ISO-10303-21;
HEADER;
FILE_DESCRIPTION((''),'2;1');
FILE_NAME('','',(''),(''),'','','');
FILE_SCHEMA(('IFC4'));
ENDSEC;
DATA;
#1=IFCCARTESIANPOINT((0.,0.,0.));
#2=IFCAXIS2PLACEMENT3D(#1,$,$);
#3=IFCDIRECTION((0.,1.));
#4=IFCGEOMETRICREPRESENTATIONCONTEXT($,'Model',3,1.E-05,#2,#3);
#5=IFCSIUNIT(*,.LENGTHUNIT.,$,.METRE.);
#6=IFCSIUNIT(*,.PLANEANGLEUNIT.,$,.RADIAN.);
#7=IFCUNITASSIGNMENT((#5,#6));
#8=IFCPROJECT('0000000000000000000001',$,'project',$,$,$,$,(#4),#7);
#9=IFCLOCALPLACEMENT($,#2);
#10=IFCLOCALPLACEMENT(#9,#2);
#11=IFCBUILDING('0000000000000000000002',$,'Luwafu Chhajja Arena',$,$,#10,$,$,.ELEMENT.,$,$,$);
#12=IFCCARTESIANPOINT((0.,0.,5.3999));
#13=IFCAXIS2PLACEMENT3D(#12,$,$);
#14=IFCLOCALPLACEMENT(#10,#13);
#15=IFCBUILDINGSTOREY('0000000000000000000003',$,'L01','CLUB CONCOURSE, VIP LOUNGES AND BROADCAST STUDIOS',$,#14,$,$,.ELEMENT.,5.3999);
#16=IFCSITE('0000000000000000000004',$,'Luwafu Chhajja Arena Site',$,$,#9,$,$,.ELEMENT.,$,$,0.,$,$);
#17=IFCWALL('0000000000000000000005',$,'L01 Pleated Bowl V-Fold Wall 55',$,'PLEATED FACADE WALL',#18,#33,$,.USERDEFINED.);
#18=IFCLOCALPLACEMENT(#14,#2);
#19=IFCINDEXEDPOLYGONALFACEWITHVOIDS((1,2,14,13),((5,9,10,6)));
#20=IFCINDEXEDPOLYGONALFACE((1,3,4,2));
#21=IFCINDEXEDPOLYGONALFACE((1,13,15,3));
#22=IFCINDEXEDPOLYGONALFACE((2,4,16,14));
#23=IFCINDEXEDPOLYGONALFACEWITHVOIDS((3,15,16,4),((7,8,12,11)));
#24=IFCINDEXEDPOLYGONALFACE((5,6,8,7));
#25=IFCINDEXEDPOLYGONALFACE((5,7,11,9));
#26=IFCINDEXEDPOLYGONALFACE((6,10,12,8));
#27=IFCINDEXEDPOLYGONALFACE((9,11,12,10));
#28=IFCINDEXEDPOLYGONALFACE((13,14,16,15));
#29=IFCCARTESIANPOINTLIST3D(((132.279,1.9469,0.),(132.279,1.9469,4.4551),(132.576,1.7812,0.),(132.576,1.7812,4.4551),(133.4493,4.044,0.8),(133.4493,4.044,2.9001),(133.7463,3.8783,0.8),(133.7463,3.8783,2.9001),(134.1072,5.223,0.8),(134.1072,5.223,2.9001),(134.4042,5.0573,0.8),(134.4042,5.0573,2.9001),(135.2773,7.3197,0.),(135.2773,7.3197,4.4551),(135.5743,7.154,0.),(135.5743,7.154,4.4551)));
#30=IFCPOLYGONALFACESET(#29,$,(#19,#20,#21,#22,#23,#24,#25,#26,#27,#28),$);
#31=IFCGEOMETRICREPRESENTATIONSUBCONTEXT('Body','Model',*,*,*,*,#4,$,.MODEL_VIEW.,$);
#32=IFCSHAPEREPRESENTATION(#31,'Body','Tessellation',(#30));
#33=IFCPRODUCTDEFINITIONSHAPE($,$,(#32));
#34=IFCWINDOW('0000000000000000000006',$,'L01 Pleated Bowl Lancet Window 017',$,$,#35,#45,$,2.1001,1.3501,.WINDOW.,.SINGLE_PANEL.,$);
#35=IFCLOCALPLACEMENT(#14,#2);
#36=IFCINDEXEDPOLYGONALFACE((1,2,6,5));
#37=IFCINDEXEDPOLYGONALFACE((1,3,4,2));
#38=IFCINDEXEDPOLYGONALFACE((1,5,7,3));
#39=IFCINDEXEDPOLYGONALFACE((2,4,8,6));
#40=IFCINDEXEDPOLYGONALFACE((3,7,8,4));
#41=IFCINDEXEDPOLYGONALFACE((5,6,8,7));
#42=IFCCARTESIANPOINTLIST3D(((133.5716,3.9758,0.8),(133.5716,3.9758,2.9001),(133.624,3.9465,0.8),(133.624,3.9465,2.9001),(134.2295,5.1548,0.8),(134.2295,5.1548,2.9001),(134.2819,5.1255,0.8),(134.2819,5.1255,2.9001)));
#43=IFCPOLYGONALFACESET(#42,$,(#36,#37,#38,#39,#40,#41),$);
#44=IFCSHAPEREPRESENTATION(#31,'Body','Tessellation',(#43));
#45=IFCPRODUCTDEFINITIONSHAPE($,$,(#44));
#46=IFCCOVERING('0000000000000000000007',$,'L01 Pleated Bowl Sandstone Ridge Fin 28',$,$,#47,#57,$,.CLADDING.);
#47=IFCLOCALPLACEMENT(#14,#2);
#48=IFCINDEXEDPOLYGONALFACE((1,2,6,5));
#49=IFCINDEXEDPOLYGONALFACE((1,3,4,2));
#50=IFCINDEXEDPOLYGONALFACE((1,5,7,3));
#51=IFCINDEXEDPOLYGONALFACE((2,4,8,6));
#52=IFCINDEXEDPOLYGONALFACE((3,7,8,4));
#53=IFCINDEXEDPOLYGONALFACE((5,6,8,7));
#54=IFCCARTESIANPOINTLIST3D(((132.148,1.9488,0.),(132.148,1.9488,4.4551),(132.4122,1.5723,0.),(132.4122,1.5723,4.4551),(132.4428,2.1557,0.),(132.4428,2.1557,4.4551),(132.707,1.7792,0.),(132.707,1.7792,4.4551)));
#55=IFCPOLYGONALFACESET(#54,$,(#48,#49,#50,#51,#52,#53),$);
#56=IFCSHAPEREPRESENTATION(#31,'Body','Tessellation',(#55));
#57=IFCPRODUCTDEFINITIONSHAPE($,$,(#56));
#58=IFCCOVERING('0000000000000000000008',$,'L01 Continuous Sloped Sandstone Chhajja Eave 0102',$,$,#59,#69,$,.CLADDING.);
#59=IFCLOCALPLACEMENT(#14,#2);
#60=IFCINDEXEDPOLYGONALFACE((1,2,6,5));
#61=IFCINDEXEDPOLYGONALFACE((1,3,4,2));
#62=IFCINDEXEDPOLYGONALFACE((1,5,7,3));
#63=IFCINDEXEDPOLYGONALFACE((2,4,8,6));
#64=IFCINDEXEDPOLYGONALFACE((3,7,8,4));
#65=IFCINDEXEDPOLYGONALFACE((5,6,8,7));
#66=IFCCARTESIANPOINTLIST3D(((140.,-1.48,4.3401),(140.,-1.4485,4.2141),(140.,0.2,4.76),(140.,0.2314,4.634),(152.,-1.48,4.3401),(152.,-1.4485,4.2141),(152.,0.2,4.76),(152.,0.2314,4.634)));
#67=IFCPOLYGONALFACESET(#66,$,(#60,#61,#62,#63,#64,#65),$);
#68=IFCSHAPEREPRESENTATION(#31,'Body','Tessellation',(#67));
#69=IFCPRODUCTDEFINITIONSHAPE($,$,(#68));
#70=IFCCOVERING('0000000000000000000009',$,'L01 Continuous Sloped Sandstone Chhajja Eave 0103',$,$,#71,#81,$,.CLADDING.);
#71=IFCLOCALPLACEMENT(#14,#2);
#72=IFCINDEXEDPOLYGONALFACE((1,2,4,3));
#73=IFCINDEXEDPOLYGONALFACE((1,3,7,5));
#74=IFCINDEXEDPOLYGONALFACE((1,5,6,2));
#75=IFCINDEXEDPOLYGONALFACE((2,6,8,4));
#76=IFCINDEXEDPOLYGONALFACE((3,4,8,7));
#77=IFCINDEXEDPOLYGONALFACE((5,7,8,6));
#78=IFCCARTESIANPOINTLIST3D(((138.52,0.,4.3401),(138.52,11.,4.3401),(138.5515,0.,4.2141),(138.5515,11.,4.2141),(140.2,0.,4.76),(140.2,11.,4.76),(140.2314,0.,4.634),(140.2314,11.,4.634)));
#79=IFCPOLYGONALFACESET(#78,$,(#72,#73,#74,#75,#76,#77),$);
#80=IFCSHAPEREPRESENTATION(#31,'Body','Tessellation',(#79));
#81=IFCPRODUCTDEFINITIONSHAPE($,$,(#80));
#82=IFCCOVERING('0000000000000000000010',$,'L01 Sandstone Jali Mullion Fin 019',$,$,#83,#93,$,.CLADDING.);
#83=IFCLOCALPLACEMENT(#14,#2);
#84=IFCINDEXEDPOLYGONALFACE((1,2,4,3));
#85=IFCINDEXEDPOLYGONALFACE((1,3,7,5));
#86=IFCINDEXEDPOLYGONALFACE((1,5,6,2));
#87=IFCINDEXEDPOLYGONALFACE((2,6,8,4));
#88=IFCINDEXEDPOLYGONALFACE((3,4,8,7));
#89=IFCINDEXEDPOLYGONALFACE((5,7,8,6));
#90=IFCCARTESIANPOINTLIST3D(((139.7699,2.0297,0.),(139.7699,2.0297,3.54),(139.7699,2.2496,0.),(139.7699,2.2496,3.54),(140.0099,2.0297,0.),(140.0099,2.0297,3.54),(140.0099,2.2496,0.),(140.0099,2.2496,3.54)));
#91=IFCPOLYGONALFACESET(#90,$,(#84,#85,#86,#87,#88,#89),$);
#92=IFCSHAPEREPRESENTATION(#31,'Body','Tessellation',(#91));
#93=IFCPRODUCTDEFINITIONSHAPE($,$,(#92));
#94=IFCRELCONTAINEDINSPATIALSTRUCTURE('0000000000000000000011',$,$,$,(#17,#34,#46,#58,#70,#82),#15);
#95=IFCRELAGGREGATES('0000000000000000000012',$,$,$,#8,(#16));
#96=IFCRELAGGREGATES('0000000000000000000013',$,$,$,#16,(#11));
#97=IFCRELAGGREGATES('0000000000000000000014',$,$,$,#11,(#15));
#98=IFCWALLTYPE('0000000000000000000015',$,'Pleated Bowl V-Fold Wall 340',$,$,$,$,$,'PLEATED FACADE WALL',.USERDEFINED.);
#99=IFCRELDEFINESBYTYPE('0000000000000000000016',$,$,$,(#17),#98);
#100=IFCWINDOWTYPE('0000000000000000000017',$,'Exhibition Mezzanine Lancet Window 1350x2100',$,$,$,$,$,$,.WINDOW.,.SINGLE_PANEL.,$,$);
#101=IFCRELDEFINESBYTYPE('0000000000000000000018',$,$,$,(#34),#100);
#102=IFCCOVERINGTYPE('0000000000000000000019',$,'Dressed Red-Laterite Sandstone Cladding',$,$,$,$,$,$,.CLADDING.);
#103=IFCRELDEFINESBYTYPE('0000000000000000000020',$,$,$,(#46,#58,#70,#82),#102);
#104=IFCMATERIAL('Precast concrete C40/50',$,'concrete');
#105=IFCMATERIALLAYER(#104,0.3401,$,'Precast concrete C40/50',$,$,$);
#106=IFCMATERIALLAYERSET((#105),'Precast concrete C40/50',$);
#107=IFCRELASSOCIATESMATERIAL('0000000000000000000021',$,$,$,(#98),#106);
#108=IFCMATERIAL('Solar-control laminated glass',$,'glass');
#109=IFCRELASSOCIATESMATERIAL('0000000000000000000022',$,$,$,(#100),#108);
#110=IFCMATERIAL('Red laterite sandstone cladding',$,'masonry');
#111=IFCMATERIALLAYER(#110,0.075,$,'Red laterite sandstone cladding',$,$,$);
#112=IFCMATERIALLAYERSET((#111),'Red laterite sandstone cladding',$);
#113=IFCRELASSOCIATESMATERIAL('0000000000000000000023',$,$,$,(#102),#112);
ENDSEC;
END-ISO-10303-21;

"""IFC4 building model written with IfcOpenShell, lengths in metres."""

from ifc_helpers import new_model, si_unit, direction, frame, frame_2d, origin, origin_2d, place, context, subcontext, project, spatial, polyline, rectangle, outline, extrude, material, layer, layer_set, type_object, element, fill, save


model = new_model("IFC4")

# Units and contexts
model_context = context("Model", 3, precision=1e-05, world=origin(), true_north=direction((0.0, 1.0)))
body_context = subcontext(model_context, "Body", "Model", "MODEL_VIEW")
ifc_project = project(units=[si_unit("LENGTHUNIT", "METRE"), si_unit("PLANEANGLEUNIT", "RADIAN")], contexts=[model_context])

# Site, building, storey
site_placement = place(None, origin())
site = spatial("IfcSite", under=ifc_project, at=site_placement, Name="Luwafu Chhajja Arena Site", CompositionType="ELEMENT", RefElevation=0.0)
building_placement = place(site_placement, origin())
building = spatial("IfcBuilding", under=site, at=building_placement, Name="Luwafu Chhajja Arena", CompositionType="ELEMENT")
storey_placement = place(building_placement, frame((0.0, 0.0, 5.3999)))
storey = spatial("IfcBuildingStorey", under=building, at=storey_placement, Name="L01", Description="CLUB CONCOURSE, VIP LOUNGES AND BROADCAST STUDIOS", CompositionType="ELEMENT", Elevation=5.3999)

# Shared definitions
ifc_material_1 = material(Name="Solar-control laminated glass", Category="glass")

# Wall, opening, window
ifc_material_2 = material(Name="Precast concrete C40/50", Category="concrete")
ifc_layer_1 = layer(ifc_material_2, 0.3401, Name="Precast concrete C40/50")
ifc_layer_set_1 = layer_set([ifc_layer_1], Name="Precast concrete C40/50")
wall_type = type_object("IfcWallType", Name="Pleated Bowl V-Fold Wall 340", ElementType="PLEATED FACADE WALL", PredefinedType="USERDEFINED", material=ifc_layer_set_1)
wall_placement = place(storey_placement, frame((132.4275, 1.864, 0.0), z_axis=(0.0, 0.0, 1.0), x_axis=(0.487306, 0.873231, 0.0)))
wall = element("IfcWall", 1, at=wall_placement, inside=storey, type_object=wall_type, Name="L01 Pleated Bowl V-Fold Wall 55", ObjectType="PLEATED FACADE WALL", PredefinedType="USERDEFINED", context=body_context, shape_type="SweptSolid", body=[
    extrude(rectangle(XDim=6.1528, YDim=0.3401, at=frame_2d((3.0764, 0.0))), origin(), (0.0, 0.0, 1.0), 4.4551),
])
opening_placement = place(wall_placement, frame((2.4016, 0.0, 0.8)))
opening = element("IfcOpeningElement", 2, at=opening_placement, cuts=wall, PredefinedType="OPENING", context=body_context, shape_type="SweptSolid", body=[
    extrude(rectangle(XDim=1.3501, YDim=2.1001, at=frame_2d((0.675, 1.05))), frame((0.0, 0.1799, 0.0), z_axis=(0.0, -1.0, 0.0), x_axis=(1.0, 0.0, 0.0)), (0.0, 0.0, 1.0), 0.3601),
])
window_type = type_object("IfcWindowType", Name="Exhibition Mezzanine Lancet Window 1350x2100", PartitioningType="SINGLE_PANEL", PredefinedType="WINDOW", material=ifc_material_1)
window_placement = place(opening_placement, origin())
window = element("IfcWindow", 3, at=window_placement, inside=storey, type_object=window_type, Name="L01 Pleated Bowl Lancet Window 017", OverallHeight=2.1001, OverallWidth=1.3501, PartitioningType="SINGLE_PANEL", PredefinedType="WINDOW", context=body_context, shape_type="SweptSolid", body=[
    extrude(rectangle(XDim=1.3501, YDim=2.1001, at=frame_2d((0.675, 1.05))), frame((0.0, 0.03, 0.0), z_axis=(0.0, -1.0, 0.0), x_axis=(1.0, 0.0, 0.0)), (0.0, 0.0, 1.0), 0.0601),
])
fill(opening, window)

# Coverings
ifc_material_3 = material(Name="Red laterite sandstone cladding", Category="masonry")
ifc_layer_2 = layer(ifc_material_3, 0.075, Name="Red laterite sandstone cladding")
ifc_layer_set_2 = layer_set([ifc_layer_2], Name="Red laterite sandstone cladding")
covering_type = type_object("IfcCoveringType", Name="Dressed Red-Laterite Sandstone Cladding", PredefinedType="CLADDING", material=ifc_layer_set_2)
covering_1_placement = place(storey_placement, frame((132.4275, 1.864, 0.0), z_axis=(0.0, 0.0, 1.0), x_axis=(0.574411, -0.818567, 0.0)))
element("IfcCovering", 4, at=covering_1_placement, inside=storey, type_object=covering_type, Name="L01 Pleated Bowl Sandstone Ridge Fin 28", PredefinedType="CLADDING", context=body_context, shape_type="SweptSolid", body=[
    extrude(rectangle(XDim=0.46, YDim=0.3601, at=origin_2d()), origin(), (0.0, 0.0, 1.0), 4.4551),
])
covering_2_placement = place(storey_placement, frame((140.0, 0.2, 4.76), z_axis=(0.0, -0.242502, 0.970151), x_axis=(1.0, 0.0, 0.0)))
element("IfcCovering", 5, at=covering_2_placement, inside=storey, type_object=covering_type, Name="L01 Continuous Sloped Sandstone Chhajja Eave 0102", PredefinedType="CLADDING", context=body_context, shape_type="SweptSolid", body=[
    extrude(outline(polyline([(0.0, 0.0), (12.0, 0.0), (12.0, -1.7316), (0.0, -1.7316), (0.0, 0.0)])), origin(), (0.0, 0.0, -1.0), 0.1299),
])
covering_3_placement = place(storey_placement, frame((140.2, 0.0, 4.76), z_axis=(-0.242502, 0.0, 0.970151), x_axis=(0.0, 1.0, 0.0)))
element("IfcCovering", 6, at=covering_3_placement, inside=storey, type_object=covering_type, Name="L01 Continuous Sloped Sandstone Chhajja Eave 0103", PredefinedType="CLADDING", context=body_context, shape_type="SweptSolid", body=[
    extrude(outline(polyline([(0.0, 0.0), (11.0, 0.0), (11.0, 1.7316), (0.0, 1.7316), (0.0, 0.0)])), origin(), (0.0, 0.0, -1.0), 0.1299),
])
covering_4_placement = place(storey_placement, frame((139.8899, 2.1396, 0.0), z_axis=(0.0, 0.0, 1.0), x_axis=(0.0, 1.0, 0.0)))
element("IfcCovering", 7, at=covering_4_placement, inside=storey, type_object=covering_type, Name="L01 Sandstone Jali Mullion Fin 019", PredefinedType="CLADDING", context=body_context, shape_type="SweptSolid", body=[
    extrude(rectangle(XDim=0.22, YDim=0.24, at=origin_2d()), origin(), (0.0, 0.0, 1.0), 3.54),
])

save(model, "model.ifc")
